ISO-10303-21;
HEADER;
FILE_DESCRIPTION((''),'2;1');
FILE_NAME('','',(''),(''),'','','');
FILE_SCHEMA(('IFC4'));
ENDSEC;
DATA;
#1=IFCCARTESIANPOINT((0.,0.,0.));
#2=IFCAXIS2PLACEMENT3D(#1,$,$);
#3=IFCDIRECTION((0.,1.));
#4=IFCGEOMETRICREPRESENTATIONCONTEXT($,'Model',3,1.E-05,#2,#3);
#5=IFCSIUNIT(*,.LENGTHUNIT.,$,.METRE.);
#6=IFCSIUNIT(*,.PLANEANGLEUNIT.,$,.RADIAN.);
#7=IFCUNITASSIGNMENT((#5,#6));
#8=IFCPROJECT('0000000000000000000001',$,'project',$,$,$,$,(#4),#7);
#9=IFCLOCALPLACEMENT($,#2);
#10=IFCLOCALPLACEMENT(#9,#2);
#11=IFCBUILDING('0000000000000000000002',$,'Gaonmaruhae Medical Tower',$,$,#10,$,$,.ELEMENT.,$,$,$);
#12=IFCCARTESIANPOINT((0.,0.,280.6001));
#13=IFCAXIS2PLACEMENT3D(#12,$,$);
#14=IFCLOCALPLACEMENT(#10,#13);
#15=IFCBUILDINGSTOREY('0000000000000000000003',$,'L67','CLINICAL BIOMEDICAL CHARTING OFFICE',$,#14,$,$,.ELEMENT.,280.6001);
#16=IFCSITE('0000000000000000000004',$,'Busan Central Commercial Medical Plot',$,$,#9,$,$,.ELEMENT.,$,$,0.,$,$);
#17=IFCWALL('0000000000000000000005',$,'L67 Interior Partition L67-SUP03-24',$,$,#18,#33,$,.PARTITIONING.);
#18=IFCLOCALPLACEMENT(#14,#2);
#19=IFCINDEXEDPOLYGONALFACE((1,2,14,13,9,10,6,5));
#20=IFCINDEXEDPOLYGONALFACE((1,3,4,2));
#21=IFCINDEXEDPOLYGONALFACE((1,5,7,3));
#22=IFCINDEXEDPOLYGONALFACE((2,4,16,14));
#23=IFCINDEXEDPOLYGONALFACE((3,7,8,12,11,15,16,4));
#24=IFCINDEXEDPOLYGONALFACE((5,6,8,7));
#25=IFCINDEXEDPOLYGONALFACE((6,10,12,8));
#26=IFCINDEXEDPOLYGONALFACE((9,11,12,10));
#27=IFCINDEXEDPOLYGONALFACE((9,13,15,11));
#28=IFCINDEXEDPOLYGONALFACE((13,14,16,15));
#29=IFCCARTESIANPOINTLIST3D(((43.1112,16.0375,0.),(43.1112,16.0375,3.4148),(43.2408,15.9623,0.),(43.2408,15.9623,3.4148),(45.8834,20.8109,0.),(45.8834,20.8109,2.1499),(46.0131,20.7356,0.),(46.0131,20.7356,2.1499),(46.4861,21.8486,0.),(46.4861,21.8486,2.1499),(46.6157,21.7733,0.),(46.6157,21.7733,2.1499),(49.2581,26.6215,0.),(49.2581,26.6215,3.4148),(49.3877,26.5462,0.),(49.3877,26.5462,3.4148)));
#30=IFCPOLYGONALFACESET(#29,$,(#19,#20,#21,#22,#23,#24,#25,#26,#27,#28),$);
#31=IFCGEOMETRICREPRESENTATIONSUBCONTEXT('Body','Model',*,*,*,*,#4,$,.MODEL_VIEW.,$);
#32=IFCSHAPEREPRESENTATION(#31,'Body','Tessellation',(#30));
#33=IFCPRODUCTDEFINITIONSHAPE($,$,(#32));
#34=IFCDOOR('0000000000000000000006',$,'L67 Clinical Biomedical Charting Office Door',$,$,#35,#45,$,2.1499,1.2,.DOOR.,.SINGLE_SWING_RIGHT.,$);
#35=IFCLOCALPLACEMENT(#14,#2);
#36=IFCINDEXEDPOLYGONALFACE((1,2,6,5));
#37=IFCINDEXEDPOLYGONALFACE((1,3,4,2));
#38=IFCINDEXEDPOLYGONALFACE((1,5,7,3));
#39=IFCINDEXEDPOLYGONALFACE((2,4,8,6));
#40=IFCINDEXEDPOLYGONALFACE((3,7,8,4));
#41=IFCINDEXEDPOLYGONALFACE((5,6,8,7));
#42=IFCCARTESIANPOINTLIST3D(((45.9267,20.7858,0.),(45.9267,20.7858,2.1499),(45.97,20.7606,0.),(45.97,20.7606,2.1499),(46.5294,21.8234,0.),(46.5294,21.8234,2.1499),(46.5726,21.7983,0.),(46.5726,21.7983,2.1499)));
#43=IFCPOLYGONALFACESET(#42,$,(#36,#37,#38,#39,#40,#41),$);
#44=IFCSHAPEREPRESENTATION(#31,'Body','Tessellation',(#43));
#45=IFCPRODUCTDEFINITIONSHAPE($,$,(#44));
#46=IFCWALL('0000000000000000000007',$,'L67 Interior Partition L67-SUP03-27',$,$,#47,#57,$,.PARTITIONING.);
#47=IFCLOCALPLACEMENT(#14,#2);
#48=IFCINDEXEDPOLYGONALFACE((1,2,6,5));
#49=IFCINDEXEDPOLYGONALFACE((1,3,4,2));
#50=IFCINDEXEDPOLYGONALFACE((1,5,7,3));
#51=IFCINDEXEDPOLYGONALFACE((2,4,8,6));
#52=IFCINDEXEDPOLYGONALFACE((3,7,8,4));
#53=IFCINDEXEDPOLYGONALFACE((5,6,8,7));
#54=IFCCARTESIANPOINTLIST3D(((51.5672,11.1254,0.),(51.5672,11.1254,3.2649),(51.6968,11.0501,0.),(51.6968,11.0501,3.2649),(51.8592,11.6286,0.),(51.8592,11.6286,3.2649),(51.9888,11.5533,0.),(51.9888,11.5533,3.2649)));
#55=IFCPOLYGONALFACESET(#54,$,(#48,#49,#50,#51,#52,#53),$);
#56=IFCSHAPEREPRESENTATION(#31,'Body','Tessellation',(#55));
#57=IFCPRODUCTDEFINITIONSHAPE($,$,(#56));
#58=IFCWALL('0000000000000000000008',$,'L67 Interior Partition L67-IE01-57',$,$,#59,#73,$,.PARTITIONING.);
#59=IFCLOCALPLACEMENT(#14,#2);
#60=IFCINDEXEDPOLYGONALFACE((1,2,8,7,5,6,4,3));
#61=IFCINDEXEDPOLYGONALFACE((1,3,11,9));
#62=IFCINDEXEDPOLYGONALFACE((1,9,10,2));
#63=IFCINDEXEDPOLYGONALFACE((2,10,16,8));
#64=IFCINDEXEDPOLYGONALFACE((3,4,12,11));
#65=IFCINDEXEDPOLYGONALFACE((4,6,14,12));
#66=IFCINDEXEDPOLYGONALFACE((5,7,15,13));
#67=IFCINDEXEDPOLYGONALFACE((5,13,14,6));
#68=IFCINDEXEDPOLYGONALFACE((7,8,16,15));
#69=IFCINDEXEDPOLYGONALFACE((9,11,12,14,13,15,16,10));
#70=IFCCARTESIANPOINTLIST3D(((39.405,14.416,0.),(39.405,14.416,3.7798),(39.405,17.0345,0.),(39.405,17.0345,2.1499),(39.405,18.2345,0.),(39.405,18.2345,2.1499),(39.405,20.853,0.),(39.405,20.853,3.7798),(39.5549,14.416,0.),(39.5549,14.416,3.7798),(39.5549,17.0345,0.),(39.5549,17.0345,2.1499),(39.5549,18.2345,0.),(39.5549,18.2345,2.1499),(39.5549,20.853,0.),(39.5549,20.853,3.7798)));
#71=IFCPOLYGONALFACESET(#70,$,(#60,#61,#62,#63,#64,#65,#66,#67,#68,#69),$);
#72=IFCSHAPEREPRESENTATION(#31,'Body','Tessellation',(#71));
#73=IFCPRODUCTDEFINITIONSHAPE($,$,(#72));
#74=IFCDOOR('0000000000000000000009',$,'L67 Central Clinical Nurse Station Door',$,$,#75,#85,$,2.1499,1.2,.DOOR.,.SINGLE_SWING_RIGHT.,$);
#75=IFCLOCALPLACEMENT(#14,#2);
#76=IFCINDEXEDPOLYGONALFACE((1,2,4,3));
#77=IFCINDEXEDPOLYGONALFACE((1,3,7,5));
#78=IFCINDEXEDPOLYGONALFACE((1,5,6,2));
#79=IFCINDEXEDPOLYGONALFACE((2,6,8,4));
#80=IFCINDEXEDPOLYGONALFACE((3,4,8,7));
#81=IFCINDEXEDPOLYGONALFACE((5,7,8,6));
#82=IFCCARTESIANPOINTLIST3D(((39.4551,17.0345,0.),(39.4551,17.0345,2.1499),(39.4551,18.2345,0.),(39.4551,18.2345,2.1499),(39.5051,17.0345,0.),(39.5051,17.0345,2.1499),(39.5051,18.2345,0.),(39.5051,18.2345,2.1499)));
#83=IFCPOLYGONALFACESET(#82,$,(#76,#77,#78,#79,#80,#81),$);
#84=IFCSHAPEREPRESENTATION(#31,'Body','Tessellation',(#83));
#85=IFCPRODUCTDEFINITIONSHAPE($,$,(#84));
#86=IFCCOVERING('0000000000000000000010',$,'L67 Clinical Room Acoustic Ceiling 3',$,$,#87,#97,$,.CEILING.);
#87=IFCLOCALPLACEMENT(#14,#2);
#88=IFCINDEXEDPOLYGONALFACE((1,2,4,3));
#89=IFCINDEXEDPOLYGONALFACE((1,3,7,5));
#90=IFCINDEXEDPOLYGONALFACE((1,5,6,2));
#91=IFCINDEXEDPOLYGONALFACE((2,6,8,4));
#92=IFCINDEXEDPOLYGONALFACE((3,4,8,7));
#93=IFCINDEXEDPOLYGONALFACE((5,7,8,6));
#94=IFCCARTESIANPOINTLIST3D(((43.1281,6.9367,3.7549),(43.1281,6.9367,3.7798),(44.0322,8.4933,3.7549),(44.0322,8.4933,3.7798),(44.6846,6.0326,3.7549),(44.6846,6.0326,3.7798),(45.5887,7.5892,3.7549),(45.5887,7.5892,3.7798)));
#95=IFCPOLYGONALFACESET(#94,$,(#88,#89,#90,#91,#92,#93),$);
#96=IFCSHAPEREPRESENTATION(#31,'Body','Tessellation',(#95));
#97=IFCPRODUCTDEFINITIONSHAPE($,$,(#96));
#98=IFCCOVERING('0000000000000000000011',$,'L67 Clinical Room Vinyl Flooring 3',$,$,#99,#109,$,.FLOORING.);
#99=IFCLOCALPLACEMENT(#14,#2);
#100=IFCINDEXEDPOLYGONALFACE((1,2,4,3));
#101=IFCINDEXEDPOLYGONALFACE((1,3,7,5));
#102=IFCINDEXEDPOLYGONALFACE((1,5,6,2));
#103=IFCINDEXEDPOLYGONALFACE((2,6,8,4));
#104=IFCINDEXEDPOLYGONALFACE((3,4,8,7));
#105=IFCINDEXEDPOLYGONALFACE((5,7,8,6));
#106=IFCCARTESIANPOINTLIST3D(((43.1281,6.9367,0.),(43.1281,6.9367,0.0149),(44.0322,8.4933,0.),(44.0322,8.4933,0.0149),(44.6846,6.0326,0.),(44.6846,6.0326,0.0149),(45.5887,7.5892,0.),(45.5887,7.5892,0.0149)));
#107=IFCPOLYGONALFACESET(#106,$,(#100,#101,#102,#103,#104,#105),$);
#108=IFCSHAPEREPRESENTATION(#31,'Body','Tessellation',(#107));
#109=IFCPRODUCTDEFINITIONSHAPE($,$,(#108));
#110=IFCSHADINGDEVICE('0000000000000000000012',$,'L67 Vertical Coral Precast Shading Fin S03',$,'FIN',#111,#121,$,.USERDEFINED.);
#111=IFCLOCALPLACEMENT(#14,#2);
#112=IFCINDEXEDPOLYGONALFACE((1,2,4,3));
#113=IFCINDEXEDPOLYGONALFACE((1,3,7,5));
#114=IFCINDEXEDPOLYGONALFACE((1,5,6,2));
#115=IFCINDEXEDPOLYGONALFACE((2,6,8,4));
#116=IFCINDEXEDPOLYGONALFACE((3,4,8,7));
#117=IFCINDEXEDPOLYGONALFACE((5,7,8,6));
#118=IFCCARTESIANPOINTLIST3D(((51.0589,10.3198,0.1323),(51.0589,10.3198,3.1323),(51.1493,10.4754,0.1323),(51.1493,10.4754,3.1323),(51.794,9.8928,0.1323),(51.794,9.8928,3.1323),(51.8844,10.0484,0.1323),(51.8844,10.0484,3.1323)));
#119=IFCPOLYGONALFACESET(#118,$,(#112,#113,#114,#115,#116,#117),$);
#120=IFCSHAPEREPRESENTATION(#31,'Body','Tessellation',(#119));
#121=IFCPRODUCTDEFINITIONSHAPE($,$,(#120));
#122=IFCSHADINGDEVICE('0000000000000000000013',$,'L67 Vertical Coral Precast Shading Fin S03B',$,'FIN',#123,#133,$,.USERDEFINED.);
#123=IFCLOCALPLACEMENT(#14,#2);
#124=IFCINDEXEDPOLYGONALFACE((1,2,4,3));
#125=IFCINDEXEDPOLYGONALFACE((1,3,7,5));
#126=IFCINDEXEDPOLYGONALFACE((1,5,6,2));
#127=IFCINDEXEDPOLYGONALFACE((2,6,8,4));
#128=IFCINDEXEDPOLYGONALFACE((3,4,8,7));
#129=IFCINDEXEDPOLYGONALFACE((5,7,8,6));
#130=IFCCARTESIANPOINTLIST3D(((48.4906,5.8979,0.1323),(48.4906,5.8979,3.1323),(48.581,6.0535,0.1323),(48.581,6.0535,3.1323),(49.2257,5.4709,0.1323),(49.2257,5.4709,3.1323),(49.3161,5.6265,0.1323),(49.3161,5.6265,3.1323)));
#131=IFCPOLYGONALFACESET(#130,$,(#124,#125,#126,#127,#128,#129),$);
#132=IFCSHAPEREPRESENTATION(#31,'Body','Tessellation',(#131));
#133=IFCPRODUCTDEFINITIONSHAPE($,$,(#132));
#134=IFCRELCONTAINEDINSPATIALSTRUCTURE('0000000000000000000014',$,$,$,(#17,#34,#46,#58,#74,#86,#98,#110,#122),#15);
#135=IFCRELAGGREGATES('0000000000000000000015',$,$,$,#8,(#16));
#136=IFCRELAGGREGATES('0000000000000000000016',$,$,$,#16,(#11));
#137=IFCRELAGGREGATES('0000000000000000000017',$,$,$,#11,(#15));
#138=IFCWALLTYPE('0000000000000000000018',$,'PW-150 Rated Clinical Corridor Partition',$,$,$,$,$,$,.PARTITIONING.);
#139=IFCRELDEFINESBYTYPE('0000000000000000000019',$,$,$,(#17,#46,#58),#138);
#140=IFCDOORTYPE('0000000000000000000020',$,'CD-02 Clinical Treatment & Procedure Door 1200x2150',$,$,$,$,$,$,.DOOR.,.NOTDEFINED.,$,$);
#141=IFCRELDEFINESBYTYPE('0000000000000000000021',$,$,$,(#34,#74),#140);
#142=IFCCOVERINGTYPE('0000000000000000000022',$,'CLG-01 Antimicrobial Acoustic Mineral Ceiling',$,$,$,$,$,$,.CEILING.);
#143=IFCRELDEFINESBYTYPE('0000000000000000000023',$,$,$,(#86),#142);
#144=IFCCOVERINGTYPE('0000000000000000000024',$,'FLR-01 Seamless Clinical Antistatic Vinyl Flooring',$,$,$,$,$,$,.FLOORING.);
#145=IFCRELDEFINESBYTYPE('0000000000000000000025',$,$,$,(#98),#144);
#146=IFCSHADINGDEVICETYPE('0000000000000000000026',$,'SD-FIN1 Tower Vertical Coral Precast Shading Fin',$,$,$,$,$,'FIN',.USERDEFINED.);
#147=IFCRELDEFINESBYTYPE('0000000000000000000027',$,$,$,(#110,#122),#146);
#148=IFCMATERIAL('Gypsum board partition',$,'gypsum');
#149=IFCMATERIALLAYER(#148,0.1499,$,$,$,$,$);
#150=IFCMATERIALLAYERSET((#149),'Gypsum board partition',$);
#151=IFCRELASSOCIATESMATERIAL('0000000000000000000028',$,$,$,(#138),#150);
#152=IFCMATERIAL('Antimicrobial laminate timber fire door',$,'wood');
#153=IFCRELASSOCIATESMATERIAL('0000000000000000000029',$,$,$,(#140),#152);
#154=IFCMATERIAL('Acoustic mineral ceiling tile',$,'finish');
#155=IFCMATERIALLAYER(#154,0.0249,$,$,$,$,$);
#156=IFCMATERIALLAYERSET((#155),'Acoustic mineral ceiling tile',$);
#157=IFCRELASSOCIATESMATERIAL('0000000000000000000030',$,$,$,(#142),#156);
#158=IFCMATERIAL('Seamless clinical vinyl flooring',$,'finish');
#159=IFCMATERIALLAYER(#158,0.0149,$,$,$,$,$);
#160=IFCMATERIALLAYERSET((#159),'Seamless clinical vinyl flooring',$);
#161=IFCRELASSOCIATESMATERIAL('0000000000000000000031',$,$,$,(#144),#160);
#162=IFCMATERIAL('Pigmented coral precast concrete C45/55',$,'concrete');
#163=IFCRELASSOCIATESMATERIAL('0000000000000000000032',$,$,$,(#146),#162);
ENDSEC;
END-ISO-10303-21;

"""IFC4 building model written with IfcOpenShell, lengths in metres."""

from ifc_helpers import new_model, si_unit, direction, frame, frame_2d, origin, origin_2d, place, context, subcontext, project, spatial, rectangle, extrude, material, layer, layer_set, type_object, element, fill, save


model = new_model("IFC4")

# Units and contexts
model_context = context("Model", 3, precision=1e-05, world=origin(), true_north=direction((0.0, 1.0)))
body_context = subcontext(model_context, "Body", "Model", "MODEL_VIEW")
ifc_project = project(units=[si_unit("LENGTHUNIT", "METRE"), si_unit("PLANEANGLEUNIT", "RADIAN")], contexts=[model_context])

# Site, building, storey
site_placement = place(None, origin())
site = spatial("IfcSite", under=ifc_project, at=site_placement, Name="Busan Central Commercial Medical Plot", CompositionType="ELEMENT", RefElevation=0.0)
building_placement = place(site_placement, origin())
building = spatial("IfcBuilding", under=site, at=building_placement, Name="Gaonmaruhae Medical Tower", CompositionType="ELEMENT")
storey_placement = place(building_placement, frame((0.0, 0.0, 280.6001)))
storey = spatial("IfcBuildingStorey", under=building, at=storey_placement, Name="L67", Description="CLINICAL BIOMEDICAL CHARTING OFFICE", CompositionType="ELEMENT", Elevation=280.6001)

# Shared definitions
ifc_material_1 = material(Name="Gypsum board partition", Category="gypsum")
ifc_layer_1 = layer(ifc_material_1, 0.1499)
ifc_layer_set_1 = layer_set([ifc_layer_1], Name="Gypsum board partition")
wall_type_1 = type_object("IfcWallType", Name="PW-150 Rated Clinical Corridor Partition", PredefinedType="PARTITIONING", material=ifc_layer_set_1)

# Shared definitions
ifc_material_2 = material(Name="Antimicrobial laminate timber fire door", Category="wood")
door_type = type_object("IfcDoorType", Name="CD-02 Clinical Treatment & Procedure Door 1200x2150", OperationType="NOTDEFINED", PredefinedType="DOOR", material=ifc_material_2)

# Wall, opening, door
wall_1_placement = place(storey_placement, frame((43.176, 16.0, 0.0), z_axis=(0.0, 0.0, 1.0), x_axis=(0.502223, 0.864738, 0.0)))
wall_1 = element("IfcWall", 1, at=wall_1_placement, inside=storey, type_object=wall_type_1, Name="L67 Interior Partition L67-SUP03-24", PredefinedType="PARTITIONING", context=body_context, shape_type="SweptSolid", body=[
    extrude(rectangle(XDim=12.2395, YDim=0.1499, at=frame_2d((6.1196, 0.0))), origin(), (0.0, 0.0, 1.0), 3.4148),
])
opening_1_placement = place(wall_1_placement, frame((5.5198, 0.0, 0.0)))
opening_1 = element("IfcOpeningElement", 2, at=opening_1_placement, cuts=wall_1, PredefinedType="OPENING", context=body_context, shape_type="SweptSolid", body=[
    extrude(rectangle(XDim=1.2, YDim=2.1499, at=frame_2d((0.6001, 1.075))), frame((0.0, 0.085, 0.0), z_axis=(0.0, -1.0, 0.0), x_axis=(1.0, 0.0, 0.0)), (0.0, 0.0, 1.0), 0.1699),
])
door_1_placement = place(opening_1_placement, origin())
door_1 = element("IfcDoor", 3, at=door_1_placement, inside=storey, type_object=door_type, Name="L67 Clinical Biomedical Charting Office Door", OperationType="SINGLE_SWING_RIGHT", OverallHeight=2.1499, OverallWidth=1.2, PredefinedType="DOOR", context=body_context, shape_type="SweptSolid", body=[
    extrude(rectangle(XDim=1.2, YDim=2.1499, at=frame_2d((0.6001, 1.075))), frame((0.0, 0.0249, 0.0), z_axis=(0.0, -1.0, 0.0), x_axis=(1.0, 0.0, 0.0)), (0.0, 0.0, 1.0), 0.05),
])
fill(opening_1, door_1)

# Wall
wall_2_placement = place(storey_placement, frame((51.9241, 11.5911, 0.0), z_axis=(0.0, 0.0, 1.0), x_axis=(-0.501913, -0.864918, 0.0)))
element("IfcWall", 4, at=wall_2_placement, inside=storey, type_object=wall_type_1, Name="L67 Interior Partition L67-SUP03-27", PredefinedType="PARTITIONING", context=body_context, shape_type="SweptSolid", body=[
    extrude(rectangle(XDim=0.5818, YDim=0.1499, at=frame_2d((0.291, 0.0))), origin(), (0.0, 0.0, 1.0), 3.2649),
])

# Wall, opening, door
wall_3_placement = place(storey_placement, frame((39.48, 14.416, 0.0), z_axis=(0.0, 0.0, 1.0), x_axis=(0.0, 1.0, 0.0)))
wall_3 = element("IfcWall", 5, at=wall_3_placement, inside=storey, type_object=wall_type_1, Name="L67 Interior Partition L67-IE01-57", PredefinedType="PARTITIONING", context=body_context, shape_type="SweptSolid", body=[
    extrude(rectangle(XDim=6.437, YDim=0.1499, at=frame_2d((3.2185, 0.0))), origin(), (0.0, 0.0, 1.0), 3.7798),
])
opening_2_placement = place(wall_3_placement, frame((2.6184, 0.0, 0.0)))
opening_2 = element("IfcOpeningElement", 6, at=opening_2_placement, cuts=wall_3, PredefinedType="OPENING", context=body_context, shape_type="SweptSolid", body=[
    extrude(rectangle(XDim=1.2, YDim=2.1499, at=frame_2d((0.6001, 1.075))), frame((0.0, 0.085, 0.0), z_axis=(0.0, -1.0, 0.0), x_axis=(1.0, 0.0, 0.0)), (0.0, 0.0, 1.0), 0.1699),
])
door_2_placement = place(opening_2_placement, origin())
door_2 = element("IfcDoor", 7, at=door_2_placement, inside=storey, type_object=door_type, Name="L67 Central Clinical Nurse Station Door", OperationType="SINGLE_SWING_RIGHT", OverallHeight=2.1499, OverallWidth=1.2, PredefinedType="DOOR", context=body_context, shape_type="SweptSolid", body=[
    extrude(rectangle(XDim=1.2, YDim=2.1499, at=frame_2d((0.6001, 1.075))), frame((0.0, 0.0249, 0.0), z_axis=(0.0, -1.0, 0.0), x_axis=(1.0, 0.0, 0.0)), (0.0, 0.0, 1.0), 0.05),
])
fill(opening_2, door_2)

# Coverings
ifc_material_3 = material(Name="Acoustic mineral ceiling tile", Category="finish")
ifc_layer_2 = layer(ifc_material_3, 0.0249)
ifc_layer_set_2 = layer_set([ifc_layer_2], Name="Acoustic mineral ceiling tile")
covering_type_1 = type_object("IfcCoveringType", Name="CLG-01 Antimicrobial Acoustic Mineral Ceiling", PredefinedType="CEILING", material=ifc_layer_set_2)
covering_1_placement = place(storey_placement, frame((44.3584, 7.2629, 3.7549), z_axis=(0.0, 0.0, 1.0), x_axis=(0.502266, 0.864713, 0.0)))
element("IfcCovering", 8, at=covering_1_placement, inside=storey, type_object=covering_type_1, Name="L67 Clinical Room Acoustic Ceiling 3", PredefinedType="CEILING", context=body_context, shape_type="SweptSolid", body=[
    extrude(rectangle(XDim=1.8, YDim=1.8, at=origin_2d()), origin(), (0.0, 0.0, 1.0), 0.0249),
])
ifc_material_4 = material(Name="Seamless clinical vinyl flooring", Category="finish")
ifc_layer_3 = layer(ifc_material_4, 0.0149)
ifc_layer_set_3 = layer_set([ifc_layer_3], Name="Seamless clinical vinyl flooring")
covering_type_2 = type_object("IfcCoveringType", Name="FLR-01 Seamless Clinical Antistatic Vinyl Flooring", PredefinedType="FLOORING", material=ifc_layer_set_3)
covering_2_placement = place(storey_placement, frame((44.3584, 7.2629, 0.0), z_axis=(0.0, 0.0, 1.0), x_axis=(0.502266, 0.864713, 0.0)))
element("IfcCovering", 9, at=covering_2_placement, inside=storey, type_object=covering_type_2, Name="L67 Clinical Room Vinyl Flooring 3", PredefinedType="FLOORING", context=body_context, shape_type="SweptSolid", body=[
    extrude(rectangle(XDim=1.8, YDim=1.8, at=origin_2d()), origin(), (0.0, 0.0, 1.0), 0.0149),
])

# Shading devices
ifc_material_5 = material(Name="Pigmented coral precast concrete C45/55", Category="concrete")
shading_device_type = type_object("IfcShadingDeviceType", Name="SD-FIN1 Tower Vertical Coral Precast Shading Fin", ElementType="FIN", PredefinedType="USERDEFINED", material=ifc_material_5)
for number, where, z_axis, x_axis, name in (
    (10, (51.4717, 10.1841, 0.1323), (0.0, 0.0, 1.0), (-0.502266, -0.864713, 0.0), "L67 Vertical Coral Precast Shading Fin S03"),
    (11, (48.9033, 5.7622, 0.1323), (0.0, 0.0, 1.0), (-0.502266, -0.864713, 0.0), "L67 Vertical Coral Precast Shading Fin S03B"),
):
    element("IfcShadingDevice", number, at=place(storey_placement, frame(where, z_axis=z_axis, x_axis=x_axis)), inside=storey, type_object=shading_device_type, Name=name, ObjectType="FIN", PredefinedType="USERDEFINED", context=body_context, shape_type="SweptSolid", body=[
        extrude(rectangle(XDim=0.1799, YDim=0.8501, at=origin_2d()), origin(), (0.0, 0.0, 1.0), 3.0),
    ])

save(model, "model.ifc")
